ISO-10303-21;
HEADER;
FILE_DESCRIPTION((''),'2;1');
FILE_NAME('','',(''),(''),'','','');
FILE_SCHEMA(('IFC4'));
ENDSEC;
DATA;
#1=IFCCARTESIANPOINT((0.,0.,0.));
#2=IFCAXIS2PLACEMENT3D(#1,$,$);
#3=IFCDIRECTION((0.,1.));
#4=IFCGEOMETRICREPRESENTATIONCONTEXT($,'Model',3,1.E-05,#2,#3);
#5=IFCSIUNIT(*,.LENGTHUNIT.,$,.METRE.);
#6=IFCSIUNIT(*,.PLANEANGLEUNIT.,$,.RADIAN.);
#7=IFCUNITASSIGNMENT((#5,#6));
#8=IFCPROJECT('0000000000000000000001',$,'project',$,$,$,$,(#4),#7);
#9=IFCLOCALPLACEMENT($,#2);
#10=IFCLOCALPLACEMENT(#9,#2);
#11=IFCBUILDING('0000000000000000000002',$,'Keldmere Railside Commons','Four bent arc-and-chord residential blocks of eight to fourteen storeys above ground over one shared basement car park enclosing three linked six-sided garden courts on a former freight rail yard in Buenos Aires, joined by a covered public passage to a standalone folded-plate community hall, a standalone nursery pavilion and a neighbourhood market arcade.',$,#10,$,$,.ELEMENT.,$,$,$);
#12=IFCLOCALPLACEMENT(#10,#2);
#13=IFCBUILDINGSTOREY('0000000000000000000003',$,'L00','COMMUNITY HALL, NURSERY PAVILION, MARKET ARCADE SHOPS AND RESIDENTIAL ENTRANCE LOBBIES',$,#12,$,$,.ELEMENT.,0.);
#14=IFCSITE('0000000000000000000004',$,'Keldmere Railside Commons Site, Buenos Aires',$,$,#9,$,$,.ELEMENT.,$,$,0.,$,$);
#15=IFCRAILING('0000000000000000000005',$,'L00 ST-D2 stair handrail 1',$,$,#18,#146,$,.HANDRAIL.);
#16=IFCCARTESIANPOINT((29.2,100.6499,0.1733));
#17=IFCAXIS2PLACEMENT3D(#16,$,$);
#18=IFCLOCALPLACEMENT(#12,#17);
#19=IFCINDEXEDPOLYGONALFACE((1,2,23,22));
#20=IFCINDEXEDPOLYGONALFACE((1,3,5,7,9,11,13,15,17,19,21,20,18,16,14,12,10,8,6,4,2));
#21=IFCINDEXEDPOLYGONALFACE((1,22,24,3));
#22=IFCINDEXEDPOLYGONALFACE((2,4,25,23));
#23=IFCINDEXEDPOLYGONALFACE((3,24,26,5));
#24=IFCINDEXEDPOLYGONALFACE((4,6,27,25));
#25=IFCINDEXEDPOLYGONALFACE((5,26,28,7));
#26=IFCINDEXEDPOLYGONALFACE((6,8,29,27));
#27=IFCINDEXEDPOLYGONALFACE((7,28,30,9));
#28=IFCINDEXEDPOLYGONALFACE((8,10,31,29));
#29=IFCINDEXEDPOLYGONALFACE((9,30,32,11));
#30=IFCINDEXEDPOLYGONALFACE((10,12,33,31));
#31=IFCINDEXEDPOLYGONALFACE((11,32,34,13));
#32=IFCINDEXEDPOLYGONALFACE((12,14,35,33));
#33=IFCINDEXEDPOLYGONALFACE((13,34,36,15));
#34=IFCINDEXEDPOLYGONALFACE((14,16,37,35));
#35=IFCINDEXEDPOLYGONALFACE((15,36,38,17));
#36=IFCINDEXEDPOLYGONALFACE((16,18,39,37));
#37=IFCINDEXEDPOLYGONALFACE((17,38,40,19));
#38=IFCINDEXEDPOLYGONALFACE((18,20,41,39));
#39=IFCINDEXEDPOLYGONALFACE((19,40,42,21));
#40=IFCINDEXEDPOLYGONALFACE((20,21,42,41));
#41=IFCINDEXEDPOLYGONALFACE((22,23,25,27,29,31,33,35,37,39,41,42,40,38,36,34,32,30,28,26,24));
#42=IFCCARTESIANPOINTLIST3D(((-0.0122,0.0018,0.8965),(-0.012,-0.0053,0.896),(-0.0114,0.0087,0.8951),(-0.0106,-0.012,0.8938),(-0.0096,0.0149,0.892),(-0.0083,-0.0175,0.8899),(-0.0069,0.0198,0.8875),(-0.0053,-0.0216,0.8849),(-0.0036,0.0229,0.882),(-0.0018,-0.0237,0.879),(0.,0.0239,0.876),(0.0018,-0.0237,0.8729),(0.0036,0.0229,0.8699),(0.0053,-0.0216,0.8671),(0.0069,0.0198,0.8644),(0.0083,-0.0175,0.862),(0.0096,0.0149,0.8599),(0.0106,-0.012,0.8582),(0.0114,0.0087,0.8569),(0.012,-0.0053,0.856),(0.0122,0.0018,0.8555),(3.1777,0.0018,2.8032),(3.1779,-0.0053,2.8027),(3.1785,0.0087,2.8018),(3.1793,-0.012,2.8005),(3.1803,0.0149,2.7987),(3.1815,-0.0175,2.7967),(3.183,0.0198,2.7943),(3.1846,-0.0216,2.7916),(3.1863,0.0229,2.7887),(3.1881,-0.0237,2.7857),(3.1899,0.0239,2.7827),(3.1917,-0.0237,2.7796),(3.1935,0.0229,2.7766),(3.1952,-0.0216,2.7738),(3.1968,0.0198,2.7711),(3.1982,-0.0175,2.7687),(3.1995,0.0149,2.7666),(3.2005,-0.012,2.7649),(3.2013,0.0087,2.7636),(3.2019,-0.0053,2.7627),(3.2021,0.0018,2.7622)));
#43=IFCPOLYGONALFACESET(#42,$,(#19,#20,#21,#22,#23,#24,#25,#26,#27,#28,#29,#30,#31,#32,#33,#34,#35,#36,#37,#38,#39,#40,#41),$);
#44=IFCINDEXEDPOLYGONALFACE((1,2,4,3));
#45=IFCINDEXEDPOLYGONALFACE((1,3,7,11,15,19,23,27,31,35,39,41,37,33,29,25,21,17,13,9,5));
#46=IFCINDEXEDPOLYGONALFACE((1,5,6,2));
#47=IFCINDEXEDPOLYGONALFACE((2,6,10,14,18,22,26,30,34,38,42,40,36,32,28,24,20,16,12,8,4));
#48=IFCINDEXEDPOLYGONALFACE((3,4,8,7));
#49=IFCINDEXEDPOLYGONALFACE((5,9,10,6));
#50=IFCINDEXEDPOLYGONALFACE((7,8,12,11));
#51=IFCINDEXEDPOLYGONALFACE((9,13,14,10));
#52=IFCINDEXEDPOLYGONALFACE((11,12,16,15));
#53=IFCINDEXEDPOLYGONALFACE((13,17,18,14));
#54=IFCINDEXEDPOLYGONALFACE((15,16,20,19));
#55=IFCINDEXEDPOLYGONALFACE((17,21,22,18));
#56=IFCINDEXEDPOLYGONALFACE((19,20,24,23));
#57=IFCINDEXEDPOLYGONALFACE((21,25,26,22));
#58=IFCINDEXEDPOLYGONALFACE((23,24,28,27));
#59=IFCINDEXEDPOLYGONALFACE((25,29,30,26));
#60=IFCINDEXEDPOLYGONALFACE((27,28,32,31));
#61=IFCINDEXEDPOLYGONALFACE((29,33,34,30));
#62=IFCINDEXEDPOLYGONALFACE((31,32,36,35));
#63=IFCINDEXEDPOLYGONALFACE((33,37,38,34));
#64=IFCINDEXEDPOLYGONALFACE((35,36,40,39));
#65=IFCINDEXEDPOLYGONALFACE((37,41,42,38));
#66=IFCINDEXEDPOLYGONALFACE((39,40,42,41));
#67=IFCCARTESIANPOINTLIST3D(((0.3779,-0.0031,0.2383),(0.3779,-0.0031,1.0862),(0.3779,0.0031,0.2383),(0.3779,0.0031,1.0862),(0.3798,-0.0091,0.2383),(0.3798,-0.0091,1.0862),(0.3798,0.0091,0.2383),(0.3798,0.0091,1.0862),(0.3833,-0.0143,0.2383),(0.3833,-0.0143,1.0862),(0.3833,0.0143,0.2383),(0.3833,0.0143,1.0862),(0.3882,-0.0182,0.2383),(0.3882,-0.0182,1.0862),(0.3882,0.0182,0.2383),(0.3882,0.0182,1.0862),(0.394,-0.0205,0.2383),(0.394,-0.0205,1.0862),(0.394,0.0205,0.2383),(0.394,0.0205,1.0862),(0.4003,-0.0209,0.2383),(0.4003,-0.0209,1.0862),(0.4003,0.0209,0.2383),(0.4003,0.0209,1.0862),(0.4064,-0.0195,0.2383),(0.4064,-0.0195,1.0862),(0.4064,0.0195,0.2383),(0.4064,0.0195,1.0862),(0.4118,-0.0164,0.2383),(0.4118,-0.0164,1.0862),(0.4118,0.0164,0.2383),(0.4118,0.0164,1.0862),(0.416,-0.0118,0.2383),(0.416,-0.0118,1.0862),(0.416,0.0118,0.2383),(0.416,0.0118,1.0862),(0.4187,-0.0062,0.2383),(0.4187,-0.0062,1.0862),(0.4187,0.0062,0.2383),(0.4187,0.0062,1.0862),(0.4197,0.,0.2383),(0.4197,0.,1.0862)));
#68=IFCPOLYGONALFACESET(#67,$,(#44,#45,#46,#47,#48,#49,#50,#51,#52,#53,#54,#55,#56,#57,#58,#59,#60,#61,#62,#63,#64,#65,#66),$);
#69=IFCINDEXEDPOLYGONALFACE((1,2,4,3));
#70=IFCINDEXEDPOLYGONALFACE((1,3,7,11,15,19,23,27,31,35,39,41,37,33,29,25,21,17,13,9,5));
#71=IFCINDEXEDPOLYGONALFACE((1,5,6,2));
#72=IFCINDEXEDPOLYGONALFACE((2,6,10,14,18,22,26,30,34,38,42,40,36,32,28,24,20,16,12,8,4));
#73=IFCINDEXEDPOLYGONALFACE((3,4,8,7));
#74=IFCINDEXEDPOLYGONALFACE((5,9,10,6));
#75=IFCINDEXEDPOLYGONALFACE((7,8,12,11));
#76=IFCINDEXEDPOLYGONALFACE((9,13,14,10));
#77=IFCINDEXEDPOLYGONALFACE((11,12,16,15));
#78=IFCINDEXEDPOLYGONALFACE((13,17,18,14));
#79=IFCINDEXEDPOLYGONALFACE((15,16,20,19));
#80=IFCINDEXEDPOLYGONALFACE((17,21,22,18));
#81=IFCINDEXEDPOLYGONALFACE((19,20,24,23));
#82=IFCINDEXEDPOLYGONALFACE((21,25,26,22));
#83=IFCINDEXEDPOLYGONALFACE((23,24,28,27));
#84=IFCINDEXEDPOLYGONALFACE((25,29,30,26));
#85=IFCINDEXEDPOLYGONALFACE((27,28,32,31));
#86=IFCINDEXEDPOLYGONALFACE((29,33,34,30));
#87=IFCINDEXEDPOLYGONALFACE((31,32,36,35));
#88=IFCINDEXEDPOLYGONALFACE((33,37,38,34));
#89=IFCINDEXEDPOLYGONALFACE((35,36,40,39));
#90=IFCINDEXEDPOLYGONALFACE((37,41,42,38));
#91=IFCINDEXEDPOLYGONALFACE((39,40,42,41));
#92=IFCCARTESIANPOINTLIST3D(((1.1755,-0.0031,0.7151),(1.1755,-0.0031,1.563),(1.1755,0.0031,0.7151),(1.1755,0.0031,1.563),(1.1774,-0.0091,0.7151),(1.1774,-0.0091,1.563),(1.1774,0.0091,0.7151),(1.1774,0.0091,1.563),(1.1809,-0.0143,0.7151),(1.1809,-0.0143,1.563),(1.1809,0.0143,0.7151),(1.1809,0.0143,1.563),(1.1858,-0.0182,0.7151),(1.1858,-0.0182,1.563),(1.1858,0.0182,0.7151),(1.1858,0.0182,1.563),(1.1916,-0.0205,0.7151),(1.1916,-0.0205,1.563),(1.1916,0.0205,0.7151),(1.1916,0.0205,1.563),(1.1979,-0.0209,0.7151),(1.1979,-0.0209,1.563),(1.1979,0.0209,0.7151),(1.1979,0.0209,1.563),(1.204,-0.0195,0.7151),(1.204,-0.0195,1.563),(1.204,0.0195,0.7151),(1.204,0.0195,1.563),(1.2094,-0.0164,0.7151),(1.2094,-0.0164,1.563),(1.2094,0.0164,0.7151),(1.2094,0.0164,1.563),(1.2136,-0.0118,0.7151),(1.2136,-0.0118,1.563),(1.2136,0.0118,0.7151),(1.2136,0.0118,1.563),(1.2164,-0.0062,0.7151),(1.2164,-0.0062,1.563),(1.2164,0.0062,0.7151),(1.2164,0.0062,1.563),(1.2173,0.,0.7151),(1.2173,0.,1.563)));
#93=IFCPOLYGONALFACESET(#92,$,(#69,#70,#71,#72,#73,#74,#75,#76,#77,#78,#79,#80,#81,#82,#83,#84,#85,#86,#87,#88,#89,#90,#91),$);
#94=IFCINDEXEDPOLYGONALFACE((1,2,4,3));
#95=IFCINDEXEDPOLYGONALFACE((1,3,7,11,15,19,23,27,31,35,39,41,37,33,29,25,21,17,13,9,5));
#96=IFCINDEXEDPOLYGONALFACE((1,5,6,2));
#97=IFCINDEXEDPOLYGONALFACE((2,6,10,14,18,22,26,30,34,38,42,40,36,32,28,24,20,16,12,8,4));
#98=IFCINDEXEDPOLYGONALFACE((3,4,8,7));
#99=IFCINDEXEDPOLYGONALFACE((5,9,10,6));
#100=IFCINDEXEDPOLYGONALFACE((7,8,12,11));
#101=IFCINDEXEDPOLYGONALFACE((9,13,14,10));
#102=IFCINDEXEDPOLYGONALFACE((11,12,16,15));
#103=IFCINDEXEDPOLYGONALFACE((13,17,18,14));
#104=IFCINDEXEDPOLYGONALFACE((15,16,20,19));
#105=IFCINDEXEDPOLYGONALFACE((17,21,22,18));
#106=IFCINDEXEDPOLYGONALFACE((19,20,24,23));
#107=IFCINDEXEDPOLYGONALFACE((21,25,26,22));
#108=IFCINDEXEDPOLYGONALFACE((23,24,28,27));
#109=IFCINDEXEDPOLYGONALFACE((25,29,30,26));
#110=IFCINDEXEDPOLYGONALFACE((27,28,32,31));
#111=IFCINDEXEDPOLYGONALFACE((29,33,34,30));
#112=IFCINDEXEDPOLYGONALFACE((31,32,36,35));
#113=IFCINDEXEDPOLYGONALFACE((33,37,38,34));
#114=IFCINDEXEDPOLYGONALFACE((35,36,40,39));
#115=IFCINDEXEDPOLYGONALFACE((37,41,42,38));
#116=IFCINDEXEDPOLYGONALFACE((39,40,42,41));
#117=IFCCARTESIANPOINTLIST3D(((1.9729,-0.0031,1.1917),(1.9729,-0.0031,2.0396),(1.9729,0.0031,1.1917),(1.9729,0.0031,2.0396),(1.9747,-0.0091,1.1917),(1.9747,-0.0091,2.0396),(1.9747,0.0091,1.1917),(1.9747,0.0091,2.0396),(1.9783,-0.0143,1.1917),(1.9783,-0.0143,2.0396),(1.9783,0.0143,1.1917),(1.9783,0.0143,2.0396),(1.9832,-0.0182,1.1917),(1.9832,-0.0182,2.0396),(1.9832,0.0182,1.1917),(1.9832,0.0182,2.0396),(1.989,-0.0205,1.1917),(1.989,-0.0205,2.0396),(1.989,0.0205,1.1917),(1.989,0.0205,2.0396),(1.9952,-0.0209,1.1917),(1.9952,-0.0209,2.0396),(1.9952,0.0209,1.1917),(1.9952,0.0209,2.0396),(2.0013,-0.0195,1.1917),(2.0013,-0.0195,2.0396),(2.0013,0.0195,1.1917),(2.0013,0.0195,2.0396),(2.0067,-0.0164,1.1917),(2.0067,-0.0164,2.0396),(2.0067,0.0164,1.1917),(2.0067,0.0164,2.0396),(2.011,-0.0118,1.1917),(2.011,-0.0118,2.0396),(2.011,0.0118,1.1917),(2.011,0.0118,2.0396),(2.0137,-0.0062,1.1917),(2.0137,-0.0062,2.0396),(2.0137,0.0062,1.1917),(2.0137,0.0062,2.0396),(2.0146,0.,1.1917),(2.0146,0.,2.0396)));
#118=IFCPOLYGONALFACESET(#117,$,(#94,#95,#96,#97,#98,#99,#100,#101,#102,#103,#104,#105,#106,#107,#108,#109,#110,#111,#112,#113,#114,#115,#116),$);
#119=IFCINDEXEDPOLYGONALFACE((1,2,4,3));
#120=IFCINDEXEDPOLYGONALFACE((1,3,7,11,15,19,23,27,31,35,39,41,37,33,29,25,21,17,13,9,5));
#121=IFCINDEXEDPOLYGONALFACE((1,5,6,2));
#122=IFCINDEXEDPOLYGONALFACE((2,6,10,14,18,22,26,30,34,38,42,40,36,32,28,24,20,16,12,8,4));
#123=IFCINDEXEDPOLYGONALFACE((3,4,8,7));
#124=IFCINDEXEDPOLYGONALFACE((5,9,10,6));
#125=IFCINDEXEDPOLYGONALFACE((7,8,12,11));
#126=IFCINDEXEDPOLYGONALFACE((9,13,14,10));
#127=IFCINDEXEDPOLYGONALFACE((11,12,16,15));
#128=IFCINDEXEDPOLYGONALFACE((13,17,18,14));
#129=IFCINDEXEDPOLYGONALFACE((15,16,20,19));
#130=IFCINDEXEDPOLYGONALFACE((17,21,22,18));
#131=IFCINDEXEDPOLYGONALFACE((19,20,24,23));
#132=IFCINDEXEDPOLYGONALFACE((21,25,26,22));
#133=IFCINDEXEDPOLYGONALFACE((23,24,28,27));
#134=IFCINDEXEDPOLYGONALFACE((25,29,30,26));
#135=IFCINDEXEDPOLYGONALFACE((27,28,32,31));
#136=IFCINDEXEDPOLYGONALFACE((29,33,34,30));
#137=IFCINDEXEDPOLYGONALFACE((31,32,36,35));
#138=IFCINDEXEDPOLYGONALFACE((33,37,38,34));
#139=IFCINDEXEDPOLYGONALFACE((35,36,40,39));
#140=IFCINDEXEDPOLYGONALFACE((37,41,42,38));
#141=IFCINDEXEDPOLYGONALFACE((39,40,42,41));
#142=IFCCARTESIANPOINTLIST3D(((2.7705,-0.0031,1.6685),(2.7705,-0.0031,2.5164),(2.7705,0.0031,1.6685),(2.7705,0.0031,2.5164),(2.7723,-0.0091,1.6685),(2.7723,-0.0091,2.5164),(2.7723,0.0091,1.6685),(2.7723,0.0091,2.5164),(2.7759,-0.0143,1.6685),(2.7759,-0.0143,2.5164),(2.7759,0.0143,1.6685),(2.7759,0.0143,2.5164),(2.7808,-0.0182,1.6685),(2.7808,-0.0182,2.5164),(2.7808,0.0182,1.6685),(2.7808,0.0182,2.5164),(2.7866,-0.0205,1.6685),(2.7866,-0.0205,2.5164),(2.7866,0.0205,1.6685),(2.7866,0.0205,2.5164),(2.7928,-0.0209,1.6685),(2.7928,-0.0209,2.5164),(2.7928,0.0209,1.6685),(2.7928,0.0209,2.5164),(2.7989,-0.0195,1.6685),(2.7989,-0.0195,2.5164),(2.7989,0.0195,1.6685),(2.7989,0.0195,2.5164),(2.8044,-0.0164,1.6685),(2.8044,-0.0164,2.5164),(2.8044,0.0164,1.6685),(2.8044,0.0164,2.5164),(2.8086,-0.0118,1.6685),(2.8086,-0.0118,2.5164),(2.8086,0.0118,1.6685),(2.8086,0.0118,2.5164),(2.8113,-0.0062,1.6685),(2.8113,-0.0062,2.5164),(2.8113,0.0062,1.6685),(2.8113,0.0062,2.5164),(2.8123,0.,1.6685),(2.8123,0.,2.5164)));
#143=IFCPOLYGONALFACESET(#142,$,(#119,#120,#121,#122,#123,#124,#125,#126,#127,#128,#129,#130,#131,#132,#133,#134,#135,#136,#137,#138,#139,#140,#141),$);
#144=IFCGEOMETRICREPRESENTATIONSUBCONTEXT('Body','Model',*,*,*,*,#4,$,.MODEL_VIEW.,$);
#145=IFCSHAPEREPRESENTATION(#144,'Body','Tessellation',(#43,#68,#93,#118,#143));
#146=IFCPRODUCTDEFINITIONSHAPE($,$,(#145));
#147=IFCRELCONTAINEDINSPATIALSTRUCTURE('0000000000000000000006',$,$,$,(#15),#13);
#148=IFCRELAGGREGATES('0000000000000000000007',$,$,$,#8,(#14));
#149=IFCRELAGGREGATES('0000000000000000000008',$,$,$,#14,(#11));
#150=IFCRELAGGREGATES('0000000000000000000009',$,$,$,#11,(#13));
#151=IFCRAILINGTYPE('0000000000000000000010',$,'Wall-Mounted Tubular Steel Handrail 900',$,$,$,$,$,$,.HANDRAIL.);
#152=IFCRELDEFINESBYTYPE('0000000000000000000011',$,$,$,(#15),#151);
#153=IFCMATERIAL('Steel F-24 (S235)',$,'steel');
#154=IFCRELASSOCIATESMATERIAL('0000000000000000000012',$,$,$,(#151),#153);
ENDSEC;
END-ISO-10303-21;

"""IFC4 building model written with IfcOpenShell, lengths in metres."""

from ifc_helpers import new_model, si_unit, direction, frame, origin, origin_2d, place, context, subcontext, project, spatial, circle, extrude, material, type_object, element, save


model = new_model("IFC4")

# Units and contexts
model_context = context("Model", 3, precision=1e-05, world=origin(), true_north=direction((0.0, 1.0)))
body_context = subcontext(model_context, "Body", "Model", "MODEL_VIEW")
ifc_project = project(units=[si_unit("LENGTHUNIT", "METRE"), si_unit("PLANEANGLEUNIT", "RADIAN")], contexts=[model_context])

# Site, building, storey
site_placement = place(None, origin())
site = spatial("IfcSite", under=ifc_project, at=site_placement, Name="Keldmere Railside Commons Site, Buenos Aires", CompositionType="ELEMENT", RefElevation=0.0)
building_placement = place(site_placement, origin())
building = spatial("IfcBuilding", under=site, at=building_placement, Name="Keldmere Railside Commons", Description="Four bent arc-and-chord residential blocks of eight to fourteen storeys above ground over one shared basement car park enclosing three linked six-sided garden courts on a former freight rail yard in Buenos Aires, joined by a covered public passage to a standalone folded-plate community hall, a standalone nursery pavilion and a neighbourhood market arcade.", CompositionType="ELEMENT")
storey_placement = place(building_placement, origin())
storey = spatial("IfcBuildingStorey", under=building, at=storey_placement, Name="L00", Description="COMMUNITY HALL, NURSERY PAVILION, MARKET ARCADE SHOPS AND RESIDENTIAL ENTRANCE LOBBIES", CompositionType="ELEMENT", Elevation=0.0)

# Shared definitions
ifc_material_1 = material(Name="Steel F-24 (S235)", Category="steel")

# Railing
railing_type_1 = type_object("IfcRailingType", Name="Wall-Mounted Tubular Steel Handrail 900", PredefinedType="HANDRAIL", material=ifc_material_1)
railing_1_placement = place(storey_placement, frame((29.2, 100.6499, 0.1733)))
element("IfcRailing", 1, at=railing_1_placement, inside=storey, type_object=railing_type_1, Name="L00 ST-D2 stair handrail 1", PredefinedType="HANDRAIL", context=body_context, shape_type="SweptSolid", body=[
    extrude(circle(Radius=0.0239, at=origin_2d()), frame((0.0, 0.0, 0.876), z_axis=(0.85835, 0.0, 0.513065), x_axis=(0.0, 1.0, 0.0)), (0.0, 0.0, 1.0), 3.7163),
    extrude(circle(Radius=0.021, at=origin_2d()), frame((0.3987, 0.0, 0.2383)), (0.0, 0.0, 1.0), 0.8479),
    extrude(circle(Radius=0.021, at=origin_2d()), frame((1.1963, 0.0, 0.7151)), (0.0, 0.0, 1.0), 0.8479),
    extrude(circle(Radius=0.021, at=origin_2d()), frame((1.9937, 0.0, 1.1917)), (0.0, 0.0, 1.0), 0.8479),
    extrude(circle(Radius=0.021, at=origin_2d()), frame((2.7913, 0.0, 1.6685)), (0.0, 0.0, 1.0), 0.8479),
])

save(model, "model.ifc")
